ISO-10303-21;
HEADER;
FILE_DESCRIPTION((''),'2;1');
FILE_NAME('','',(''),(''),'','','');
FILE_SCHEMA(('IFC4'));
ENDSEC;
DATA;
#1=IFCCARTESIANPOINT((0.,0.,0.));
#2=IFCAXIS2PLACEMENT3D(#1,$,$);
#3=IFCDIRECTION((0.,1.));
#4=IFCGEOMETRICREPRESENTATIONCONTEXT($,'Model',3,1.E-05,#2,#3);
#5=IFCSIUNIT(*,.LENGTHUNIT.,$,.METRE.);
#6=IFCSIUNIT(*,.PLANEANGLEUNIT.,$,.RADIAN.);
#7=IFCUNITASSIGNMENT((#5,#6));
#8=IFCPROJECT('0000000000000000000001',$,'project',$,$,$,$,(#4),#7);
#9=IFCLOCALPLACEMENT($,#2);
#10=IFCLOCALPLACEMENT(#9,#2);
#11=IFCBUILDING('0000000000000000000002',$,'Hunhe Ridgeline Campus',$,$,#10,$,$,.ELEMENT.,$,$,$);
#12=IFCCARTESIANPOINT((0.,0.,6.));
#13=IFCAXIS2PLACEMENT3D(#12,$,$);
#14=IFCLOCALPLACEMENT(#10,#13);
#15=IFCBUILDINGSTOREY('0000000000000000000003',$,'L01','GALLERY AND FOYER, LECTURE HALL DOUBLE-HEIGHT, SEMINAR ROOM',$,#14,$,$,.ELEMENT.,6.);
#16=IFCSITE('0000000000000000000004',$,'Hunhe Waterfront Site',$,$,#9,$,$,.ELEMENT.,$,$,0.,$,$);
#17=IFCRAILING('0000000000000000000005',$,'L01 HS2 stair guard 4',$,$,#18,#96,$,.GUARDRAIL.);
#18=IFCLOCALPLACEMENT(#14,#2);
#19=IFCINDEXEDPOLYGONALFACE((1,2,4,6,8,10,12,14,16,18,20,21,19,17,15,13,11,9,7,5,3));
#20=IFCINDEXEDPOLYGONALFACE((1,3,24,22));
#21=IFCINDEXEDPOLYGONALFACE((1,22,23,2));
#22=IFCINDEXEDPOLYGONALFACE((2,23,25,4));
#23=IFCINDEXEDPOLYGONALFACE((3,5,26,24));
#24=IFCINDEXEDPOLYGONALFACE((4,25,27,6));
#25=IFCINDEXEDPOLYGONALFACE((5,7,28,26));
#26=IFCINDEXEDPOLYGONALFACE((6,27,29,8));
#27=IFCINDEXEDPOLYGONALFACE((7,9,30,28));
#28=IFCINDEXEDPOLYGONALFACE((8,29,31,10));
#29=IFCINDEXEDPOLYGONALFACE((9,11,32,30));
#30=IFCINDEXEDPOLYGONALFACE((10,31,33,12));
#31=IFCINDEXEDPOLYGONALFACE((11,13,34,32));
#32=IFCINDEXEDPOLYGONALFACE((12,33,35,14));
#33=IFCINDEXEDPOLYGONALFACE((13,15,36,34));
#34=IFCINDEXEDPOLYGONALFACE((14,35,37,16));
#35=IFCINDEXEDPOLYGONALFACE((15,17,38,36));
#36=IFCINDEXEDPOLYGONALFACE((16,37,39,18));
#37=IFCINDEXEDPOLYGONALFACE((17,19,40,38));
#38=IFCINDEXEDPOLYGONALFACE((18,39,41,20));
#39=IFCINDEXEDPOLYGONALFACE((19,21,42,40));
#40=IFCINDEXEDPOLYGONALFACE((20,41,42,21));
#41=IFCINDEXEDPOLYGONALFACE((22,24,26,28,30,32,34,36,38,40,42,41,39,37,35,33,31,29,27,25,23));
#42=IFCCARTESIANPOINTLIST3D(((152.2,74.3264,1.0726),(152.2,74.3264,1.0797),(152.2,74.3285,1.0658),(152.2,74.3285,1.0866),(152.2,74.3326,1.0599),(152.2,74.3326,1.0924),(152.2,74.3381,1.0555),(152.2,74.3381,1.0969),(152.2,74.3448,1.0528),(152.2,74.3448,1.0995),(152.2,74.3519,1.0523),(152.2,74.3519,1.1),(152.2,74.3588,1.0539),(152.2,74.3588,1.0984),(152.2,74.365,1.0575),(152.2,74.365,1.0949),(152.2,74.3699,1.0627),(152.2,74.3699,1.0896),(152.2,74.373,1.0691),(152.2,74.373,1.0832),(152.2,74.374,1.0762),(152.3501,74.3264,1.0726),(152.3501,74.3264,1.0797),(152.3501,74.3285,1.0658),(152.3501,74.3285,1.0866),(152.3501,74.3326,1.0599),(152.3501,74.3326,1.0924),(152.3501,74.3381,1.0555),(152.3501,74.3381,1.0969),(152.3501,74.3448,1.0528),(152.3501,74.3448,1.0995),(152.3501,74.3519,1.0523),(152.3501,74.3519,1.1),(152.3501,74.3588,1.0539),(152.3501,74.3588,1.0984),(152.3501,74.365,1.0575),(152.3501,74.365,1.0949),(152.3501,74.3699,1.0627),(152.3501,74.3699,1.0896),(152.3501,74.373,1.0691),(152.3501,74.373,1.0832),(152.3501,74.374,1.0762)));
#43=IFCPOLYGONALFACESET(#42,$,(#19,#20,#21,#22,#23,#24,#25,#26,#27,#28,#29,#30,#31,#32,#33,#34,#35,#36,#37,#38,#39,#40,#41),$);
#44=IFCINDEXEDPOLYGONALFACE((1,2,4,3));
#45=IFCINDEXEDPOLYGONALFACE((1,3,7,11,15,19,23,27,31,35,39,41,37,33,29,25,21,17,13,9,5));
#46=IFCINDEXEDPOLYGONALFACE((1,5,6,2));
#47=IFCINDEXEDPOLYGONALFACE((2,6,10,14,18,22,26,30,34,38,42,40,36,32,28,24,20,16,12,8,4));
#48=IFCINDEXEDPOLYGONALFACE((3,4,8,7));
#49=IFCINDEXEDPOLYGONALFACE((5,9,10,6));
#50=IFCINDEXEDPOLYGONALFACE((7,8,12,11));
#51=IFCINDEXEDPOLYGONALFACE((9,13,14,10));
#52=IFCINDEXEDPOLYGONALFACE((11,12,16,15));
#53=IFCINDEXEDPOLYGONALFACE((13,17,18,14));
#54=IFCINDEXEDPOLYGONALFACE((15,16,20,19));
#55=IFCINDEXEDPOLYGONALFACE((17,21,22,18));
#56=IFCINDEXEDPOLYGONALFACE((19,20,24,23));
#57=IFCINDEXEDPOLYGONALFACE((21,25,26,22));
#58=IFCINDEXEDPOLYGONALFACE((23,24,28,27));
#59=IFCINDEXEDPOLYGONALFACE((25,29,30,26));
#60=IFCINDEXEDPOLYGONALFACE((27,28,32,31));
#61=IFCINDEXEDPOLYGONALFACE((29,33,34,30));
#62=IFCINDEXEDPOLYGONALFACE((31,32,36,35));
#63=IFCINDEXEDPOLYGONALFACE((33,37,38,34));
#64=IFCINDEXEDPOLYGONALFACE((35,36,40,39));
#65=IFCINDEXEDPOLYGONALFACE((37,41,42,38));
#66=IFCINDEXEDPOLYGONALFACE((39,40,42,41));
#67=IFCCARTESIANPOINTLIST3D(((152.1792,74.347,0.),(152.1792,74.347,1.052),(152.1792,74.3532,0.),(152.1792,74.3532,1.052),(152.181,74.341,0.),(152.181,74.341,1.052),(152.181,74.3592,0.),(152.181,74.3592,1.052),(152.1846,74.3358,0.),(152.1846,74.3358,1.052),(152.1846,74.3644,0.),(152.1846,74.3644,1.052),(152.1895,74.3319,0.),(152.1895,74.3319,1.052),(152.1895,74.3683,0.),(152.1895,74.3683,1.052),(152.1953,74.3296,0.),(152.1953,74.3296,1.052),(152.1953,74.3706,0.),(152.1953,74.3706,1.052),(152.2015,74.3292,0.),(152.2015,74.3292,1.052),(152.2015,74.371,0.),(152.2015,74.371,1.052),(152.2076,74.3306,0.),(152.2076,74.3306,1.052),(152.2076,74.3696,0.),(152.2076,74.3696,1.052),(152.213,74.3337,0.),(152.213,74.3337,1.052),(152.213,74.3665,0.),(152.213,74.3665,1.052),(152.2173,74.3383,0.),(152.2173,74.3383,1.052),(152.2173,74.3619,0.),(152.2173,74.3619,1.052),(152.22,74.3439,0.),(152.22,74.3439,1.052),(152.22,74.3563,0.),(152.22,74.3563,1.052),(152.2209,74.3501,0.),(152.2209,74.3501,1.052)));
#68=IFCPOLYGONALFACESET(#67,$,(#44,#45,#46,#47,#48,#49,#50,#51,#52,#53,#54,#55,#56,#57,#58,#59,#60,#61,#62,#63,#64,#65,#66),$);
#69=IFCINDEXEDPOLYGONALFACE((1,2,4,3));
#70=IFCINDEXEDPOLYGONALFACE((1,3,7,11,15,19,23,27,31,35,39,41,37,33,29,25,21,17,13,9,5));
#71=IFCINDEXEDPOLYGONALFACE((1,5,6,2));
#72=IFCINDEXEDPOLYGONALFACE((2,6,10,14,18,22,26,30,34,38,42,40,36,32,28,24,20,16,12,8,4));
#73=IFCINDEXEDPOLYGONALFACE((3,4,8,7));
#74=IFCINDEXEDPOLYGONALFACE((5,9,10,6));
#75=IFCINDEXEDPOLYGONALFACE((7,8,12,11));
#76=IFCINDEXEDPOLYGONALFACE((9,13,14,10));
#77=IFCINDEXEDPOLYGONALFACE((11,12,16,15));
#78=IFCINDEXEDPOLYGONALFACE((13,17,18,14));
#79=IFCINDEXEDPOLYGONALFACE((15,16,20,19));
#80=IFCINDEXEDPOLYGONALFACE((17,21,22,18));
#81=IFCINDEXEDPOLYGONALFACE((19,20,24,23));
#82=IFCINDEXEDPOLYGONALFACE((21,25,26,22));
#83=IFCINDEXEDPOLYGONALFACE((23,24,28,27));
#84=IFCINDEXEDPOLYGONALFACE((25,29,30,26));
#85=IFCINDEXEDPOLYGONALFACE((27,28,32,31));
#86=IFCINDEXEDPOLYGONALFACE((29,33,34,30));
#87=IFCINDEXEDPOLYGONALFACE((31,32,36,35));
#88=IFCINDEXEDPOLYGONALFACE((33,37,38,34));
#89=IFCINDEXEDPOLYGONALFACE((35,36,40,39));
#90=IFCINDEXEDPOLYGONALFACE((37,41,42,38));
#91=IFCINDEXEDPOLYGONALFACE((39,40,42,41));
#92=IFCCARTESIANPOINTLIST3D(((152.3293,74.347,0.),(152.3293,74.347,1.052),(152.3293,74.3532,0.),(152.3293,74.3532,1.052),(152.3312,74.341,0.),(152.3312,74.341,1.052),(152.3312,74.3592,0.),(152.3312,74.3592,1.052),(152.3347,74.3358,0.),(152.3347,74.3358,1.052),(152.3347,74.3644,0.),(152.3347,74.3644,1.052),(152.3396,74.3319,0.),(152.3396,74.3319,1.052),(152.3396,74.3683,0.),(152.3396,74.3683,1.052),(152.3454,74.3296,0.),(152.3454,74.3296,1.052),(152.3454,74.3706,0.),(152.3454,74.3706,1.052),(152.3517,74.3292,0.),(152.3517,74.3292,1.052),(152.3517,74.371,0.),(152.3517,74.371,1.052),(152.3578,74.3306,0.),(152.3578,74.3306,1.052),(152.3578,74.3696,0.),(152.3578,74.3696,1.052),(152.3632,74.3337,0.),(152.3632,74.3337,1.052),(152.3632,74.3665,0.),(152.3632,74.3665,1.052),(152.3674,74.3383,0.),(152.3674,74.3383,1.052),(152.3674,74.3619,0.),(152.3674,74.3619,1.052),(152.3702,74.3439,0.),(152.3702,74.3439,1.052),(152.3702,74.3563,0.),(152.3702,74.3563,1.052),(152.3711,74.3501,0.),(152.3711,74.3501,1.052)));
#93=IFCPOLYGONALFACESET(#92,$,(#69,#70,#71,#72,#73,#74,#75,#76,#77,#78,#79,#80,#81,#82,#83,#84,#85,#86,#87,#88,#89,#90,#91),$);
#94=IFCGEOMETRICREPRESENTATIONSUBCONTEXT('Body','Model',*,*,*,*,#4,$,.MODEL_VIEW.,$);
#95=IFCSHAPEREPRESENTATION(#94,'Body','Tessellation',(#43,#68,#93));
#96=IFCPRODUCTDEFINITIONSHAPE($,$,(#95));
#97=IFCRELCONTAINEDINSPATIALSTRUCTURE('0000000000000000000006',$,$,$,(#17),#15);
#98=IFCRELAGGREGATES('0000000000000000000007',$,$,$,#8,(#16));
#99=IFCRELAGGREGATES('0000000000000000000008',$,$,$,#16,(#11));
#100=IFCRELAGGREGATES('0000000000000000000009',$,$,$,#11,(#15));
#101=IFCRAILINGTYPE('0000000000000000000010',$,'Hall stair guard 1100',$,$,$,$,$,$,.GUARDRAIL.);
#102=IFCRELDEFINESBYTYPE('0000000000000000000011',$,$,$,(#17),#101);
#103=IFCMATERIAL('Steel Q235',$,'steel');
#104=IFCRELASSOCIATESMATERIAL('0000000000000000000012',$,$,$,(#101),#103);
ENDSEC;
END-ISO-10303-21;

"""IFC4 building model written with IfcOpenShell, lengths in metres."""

from ifc_helpers import new_model, si_unit, direction, frame, origin, origin_2d, place, context, subcontext, project, spatial, circle, extrude, material, type_object, element, save


model = new_model("IFC4")

# Units and contexts
model_context = context("Model", 3, precision=1e-05, world=origin(), true_north=direction((0.0, 1.0)))
body_context = subcontext(model_context, "Body", "Model", "MODEL_VIEW")
ifc_project = project(units=[si_unit("LENGTHUNIT", "METRE"), si_unit("PLANEANGLEUNIT", "RADIAN")], contexts=[model_context])

# Site, building, storey
site_placement = place(None, origin())
site = spatial("IfcSite", under=ifc_project, at=site_placement, Name="Hunhe Waterfront Site", CompositionType="ELEMENT", RefElevation=0.0)
building_placement = place(site_placement, origin())
building = spatial("IfcBuilding", under=site, at=building_placement, Name="Hunhe Ridgeline Campus", CompositionType="ELEMENT")
storey_placement = place(building_placement, frame((0.0, 0.0, 6.0)))
storey = spatial("IfcBuildingStorey", under=building, at=storey_placement, Name="L01", Description="GALLERY AND FOYER, LECTURE HALL DOUBLE-HEIGHT, SEMINAR ROOM", CompositionType="ELEMENT", Elevation=6.0)

# Shared definitions
ifc_material_1 = material(Name="Steel Q235", Category="steel")

# Railing
railing_type_1 = type_object("IfcRailingType", Name="Hall stair guard 1100", PredefinedType="GUARDRAIL", material=ifc_material_1)
railing_1_placement = place(storey_placement, frame((152.2, 74.3501, 0.0)))
element("IfcRailing", 1, at=railing_1_placement, inside=storey, type_object=railing_type_1, Name="L01 HS2 stair guard 4", PredefinedType="GUARDRAIL", context=body_context, shape_type="SweptSolid", body=[
    extrude(circle(Radius=0.0239, at=origin_2d()), frame((0.0, 0.0, 1.0762), z_axis=(1.0, 0.0, 0.0), x_axis=(0.0, 1.0, 0.0)), (0.0, 0.0, 1.0), 0.1501),
    extrude(circle(Radius=0.021, at=origin_2d()), origin(), (0.0, 0.0, 1.0), 1.052),
    extrude(circle(Radius=0.021, at=origin_2d()), frame((0.1501, 0.0, 0.0)), (0.0, 0.0, 1.0), 1.052),
])

save(model, "model.ifc")
